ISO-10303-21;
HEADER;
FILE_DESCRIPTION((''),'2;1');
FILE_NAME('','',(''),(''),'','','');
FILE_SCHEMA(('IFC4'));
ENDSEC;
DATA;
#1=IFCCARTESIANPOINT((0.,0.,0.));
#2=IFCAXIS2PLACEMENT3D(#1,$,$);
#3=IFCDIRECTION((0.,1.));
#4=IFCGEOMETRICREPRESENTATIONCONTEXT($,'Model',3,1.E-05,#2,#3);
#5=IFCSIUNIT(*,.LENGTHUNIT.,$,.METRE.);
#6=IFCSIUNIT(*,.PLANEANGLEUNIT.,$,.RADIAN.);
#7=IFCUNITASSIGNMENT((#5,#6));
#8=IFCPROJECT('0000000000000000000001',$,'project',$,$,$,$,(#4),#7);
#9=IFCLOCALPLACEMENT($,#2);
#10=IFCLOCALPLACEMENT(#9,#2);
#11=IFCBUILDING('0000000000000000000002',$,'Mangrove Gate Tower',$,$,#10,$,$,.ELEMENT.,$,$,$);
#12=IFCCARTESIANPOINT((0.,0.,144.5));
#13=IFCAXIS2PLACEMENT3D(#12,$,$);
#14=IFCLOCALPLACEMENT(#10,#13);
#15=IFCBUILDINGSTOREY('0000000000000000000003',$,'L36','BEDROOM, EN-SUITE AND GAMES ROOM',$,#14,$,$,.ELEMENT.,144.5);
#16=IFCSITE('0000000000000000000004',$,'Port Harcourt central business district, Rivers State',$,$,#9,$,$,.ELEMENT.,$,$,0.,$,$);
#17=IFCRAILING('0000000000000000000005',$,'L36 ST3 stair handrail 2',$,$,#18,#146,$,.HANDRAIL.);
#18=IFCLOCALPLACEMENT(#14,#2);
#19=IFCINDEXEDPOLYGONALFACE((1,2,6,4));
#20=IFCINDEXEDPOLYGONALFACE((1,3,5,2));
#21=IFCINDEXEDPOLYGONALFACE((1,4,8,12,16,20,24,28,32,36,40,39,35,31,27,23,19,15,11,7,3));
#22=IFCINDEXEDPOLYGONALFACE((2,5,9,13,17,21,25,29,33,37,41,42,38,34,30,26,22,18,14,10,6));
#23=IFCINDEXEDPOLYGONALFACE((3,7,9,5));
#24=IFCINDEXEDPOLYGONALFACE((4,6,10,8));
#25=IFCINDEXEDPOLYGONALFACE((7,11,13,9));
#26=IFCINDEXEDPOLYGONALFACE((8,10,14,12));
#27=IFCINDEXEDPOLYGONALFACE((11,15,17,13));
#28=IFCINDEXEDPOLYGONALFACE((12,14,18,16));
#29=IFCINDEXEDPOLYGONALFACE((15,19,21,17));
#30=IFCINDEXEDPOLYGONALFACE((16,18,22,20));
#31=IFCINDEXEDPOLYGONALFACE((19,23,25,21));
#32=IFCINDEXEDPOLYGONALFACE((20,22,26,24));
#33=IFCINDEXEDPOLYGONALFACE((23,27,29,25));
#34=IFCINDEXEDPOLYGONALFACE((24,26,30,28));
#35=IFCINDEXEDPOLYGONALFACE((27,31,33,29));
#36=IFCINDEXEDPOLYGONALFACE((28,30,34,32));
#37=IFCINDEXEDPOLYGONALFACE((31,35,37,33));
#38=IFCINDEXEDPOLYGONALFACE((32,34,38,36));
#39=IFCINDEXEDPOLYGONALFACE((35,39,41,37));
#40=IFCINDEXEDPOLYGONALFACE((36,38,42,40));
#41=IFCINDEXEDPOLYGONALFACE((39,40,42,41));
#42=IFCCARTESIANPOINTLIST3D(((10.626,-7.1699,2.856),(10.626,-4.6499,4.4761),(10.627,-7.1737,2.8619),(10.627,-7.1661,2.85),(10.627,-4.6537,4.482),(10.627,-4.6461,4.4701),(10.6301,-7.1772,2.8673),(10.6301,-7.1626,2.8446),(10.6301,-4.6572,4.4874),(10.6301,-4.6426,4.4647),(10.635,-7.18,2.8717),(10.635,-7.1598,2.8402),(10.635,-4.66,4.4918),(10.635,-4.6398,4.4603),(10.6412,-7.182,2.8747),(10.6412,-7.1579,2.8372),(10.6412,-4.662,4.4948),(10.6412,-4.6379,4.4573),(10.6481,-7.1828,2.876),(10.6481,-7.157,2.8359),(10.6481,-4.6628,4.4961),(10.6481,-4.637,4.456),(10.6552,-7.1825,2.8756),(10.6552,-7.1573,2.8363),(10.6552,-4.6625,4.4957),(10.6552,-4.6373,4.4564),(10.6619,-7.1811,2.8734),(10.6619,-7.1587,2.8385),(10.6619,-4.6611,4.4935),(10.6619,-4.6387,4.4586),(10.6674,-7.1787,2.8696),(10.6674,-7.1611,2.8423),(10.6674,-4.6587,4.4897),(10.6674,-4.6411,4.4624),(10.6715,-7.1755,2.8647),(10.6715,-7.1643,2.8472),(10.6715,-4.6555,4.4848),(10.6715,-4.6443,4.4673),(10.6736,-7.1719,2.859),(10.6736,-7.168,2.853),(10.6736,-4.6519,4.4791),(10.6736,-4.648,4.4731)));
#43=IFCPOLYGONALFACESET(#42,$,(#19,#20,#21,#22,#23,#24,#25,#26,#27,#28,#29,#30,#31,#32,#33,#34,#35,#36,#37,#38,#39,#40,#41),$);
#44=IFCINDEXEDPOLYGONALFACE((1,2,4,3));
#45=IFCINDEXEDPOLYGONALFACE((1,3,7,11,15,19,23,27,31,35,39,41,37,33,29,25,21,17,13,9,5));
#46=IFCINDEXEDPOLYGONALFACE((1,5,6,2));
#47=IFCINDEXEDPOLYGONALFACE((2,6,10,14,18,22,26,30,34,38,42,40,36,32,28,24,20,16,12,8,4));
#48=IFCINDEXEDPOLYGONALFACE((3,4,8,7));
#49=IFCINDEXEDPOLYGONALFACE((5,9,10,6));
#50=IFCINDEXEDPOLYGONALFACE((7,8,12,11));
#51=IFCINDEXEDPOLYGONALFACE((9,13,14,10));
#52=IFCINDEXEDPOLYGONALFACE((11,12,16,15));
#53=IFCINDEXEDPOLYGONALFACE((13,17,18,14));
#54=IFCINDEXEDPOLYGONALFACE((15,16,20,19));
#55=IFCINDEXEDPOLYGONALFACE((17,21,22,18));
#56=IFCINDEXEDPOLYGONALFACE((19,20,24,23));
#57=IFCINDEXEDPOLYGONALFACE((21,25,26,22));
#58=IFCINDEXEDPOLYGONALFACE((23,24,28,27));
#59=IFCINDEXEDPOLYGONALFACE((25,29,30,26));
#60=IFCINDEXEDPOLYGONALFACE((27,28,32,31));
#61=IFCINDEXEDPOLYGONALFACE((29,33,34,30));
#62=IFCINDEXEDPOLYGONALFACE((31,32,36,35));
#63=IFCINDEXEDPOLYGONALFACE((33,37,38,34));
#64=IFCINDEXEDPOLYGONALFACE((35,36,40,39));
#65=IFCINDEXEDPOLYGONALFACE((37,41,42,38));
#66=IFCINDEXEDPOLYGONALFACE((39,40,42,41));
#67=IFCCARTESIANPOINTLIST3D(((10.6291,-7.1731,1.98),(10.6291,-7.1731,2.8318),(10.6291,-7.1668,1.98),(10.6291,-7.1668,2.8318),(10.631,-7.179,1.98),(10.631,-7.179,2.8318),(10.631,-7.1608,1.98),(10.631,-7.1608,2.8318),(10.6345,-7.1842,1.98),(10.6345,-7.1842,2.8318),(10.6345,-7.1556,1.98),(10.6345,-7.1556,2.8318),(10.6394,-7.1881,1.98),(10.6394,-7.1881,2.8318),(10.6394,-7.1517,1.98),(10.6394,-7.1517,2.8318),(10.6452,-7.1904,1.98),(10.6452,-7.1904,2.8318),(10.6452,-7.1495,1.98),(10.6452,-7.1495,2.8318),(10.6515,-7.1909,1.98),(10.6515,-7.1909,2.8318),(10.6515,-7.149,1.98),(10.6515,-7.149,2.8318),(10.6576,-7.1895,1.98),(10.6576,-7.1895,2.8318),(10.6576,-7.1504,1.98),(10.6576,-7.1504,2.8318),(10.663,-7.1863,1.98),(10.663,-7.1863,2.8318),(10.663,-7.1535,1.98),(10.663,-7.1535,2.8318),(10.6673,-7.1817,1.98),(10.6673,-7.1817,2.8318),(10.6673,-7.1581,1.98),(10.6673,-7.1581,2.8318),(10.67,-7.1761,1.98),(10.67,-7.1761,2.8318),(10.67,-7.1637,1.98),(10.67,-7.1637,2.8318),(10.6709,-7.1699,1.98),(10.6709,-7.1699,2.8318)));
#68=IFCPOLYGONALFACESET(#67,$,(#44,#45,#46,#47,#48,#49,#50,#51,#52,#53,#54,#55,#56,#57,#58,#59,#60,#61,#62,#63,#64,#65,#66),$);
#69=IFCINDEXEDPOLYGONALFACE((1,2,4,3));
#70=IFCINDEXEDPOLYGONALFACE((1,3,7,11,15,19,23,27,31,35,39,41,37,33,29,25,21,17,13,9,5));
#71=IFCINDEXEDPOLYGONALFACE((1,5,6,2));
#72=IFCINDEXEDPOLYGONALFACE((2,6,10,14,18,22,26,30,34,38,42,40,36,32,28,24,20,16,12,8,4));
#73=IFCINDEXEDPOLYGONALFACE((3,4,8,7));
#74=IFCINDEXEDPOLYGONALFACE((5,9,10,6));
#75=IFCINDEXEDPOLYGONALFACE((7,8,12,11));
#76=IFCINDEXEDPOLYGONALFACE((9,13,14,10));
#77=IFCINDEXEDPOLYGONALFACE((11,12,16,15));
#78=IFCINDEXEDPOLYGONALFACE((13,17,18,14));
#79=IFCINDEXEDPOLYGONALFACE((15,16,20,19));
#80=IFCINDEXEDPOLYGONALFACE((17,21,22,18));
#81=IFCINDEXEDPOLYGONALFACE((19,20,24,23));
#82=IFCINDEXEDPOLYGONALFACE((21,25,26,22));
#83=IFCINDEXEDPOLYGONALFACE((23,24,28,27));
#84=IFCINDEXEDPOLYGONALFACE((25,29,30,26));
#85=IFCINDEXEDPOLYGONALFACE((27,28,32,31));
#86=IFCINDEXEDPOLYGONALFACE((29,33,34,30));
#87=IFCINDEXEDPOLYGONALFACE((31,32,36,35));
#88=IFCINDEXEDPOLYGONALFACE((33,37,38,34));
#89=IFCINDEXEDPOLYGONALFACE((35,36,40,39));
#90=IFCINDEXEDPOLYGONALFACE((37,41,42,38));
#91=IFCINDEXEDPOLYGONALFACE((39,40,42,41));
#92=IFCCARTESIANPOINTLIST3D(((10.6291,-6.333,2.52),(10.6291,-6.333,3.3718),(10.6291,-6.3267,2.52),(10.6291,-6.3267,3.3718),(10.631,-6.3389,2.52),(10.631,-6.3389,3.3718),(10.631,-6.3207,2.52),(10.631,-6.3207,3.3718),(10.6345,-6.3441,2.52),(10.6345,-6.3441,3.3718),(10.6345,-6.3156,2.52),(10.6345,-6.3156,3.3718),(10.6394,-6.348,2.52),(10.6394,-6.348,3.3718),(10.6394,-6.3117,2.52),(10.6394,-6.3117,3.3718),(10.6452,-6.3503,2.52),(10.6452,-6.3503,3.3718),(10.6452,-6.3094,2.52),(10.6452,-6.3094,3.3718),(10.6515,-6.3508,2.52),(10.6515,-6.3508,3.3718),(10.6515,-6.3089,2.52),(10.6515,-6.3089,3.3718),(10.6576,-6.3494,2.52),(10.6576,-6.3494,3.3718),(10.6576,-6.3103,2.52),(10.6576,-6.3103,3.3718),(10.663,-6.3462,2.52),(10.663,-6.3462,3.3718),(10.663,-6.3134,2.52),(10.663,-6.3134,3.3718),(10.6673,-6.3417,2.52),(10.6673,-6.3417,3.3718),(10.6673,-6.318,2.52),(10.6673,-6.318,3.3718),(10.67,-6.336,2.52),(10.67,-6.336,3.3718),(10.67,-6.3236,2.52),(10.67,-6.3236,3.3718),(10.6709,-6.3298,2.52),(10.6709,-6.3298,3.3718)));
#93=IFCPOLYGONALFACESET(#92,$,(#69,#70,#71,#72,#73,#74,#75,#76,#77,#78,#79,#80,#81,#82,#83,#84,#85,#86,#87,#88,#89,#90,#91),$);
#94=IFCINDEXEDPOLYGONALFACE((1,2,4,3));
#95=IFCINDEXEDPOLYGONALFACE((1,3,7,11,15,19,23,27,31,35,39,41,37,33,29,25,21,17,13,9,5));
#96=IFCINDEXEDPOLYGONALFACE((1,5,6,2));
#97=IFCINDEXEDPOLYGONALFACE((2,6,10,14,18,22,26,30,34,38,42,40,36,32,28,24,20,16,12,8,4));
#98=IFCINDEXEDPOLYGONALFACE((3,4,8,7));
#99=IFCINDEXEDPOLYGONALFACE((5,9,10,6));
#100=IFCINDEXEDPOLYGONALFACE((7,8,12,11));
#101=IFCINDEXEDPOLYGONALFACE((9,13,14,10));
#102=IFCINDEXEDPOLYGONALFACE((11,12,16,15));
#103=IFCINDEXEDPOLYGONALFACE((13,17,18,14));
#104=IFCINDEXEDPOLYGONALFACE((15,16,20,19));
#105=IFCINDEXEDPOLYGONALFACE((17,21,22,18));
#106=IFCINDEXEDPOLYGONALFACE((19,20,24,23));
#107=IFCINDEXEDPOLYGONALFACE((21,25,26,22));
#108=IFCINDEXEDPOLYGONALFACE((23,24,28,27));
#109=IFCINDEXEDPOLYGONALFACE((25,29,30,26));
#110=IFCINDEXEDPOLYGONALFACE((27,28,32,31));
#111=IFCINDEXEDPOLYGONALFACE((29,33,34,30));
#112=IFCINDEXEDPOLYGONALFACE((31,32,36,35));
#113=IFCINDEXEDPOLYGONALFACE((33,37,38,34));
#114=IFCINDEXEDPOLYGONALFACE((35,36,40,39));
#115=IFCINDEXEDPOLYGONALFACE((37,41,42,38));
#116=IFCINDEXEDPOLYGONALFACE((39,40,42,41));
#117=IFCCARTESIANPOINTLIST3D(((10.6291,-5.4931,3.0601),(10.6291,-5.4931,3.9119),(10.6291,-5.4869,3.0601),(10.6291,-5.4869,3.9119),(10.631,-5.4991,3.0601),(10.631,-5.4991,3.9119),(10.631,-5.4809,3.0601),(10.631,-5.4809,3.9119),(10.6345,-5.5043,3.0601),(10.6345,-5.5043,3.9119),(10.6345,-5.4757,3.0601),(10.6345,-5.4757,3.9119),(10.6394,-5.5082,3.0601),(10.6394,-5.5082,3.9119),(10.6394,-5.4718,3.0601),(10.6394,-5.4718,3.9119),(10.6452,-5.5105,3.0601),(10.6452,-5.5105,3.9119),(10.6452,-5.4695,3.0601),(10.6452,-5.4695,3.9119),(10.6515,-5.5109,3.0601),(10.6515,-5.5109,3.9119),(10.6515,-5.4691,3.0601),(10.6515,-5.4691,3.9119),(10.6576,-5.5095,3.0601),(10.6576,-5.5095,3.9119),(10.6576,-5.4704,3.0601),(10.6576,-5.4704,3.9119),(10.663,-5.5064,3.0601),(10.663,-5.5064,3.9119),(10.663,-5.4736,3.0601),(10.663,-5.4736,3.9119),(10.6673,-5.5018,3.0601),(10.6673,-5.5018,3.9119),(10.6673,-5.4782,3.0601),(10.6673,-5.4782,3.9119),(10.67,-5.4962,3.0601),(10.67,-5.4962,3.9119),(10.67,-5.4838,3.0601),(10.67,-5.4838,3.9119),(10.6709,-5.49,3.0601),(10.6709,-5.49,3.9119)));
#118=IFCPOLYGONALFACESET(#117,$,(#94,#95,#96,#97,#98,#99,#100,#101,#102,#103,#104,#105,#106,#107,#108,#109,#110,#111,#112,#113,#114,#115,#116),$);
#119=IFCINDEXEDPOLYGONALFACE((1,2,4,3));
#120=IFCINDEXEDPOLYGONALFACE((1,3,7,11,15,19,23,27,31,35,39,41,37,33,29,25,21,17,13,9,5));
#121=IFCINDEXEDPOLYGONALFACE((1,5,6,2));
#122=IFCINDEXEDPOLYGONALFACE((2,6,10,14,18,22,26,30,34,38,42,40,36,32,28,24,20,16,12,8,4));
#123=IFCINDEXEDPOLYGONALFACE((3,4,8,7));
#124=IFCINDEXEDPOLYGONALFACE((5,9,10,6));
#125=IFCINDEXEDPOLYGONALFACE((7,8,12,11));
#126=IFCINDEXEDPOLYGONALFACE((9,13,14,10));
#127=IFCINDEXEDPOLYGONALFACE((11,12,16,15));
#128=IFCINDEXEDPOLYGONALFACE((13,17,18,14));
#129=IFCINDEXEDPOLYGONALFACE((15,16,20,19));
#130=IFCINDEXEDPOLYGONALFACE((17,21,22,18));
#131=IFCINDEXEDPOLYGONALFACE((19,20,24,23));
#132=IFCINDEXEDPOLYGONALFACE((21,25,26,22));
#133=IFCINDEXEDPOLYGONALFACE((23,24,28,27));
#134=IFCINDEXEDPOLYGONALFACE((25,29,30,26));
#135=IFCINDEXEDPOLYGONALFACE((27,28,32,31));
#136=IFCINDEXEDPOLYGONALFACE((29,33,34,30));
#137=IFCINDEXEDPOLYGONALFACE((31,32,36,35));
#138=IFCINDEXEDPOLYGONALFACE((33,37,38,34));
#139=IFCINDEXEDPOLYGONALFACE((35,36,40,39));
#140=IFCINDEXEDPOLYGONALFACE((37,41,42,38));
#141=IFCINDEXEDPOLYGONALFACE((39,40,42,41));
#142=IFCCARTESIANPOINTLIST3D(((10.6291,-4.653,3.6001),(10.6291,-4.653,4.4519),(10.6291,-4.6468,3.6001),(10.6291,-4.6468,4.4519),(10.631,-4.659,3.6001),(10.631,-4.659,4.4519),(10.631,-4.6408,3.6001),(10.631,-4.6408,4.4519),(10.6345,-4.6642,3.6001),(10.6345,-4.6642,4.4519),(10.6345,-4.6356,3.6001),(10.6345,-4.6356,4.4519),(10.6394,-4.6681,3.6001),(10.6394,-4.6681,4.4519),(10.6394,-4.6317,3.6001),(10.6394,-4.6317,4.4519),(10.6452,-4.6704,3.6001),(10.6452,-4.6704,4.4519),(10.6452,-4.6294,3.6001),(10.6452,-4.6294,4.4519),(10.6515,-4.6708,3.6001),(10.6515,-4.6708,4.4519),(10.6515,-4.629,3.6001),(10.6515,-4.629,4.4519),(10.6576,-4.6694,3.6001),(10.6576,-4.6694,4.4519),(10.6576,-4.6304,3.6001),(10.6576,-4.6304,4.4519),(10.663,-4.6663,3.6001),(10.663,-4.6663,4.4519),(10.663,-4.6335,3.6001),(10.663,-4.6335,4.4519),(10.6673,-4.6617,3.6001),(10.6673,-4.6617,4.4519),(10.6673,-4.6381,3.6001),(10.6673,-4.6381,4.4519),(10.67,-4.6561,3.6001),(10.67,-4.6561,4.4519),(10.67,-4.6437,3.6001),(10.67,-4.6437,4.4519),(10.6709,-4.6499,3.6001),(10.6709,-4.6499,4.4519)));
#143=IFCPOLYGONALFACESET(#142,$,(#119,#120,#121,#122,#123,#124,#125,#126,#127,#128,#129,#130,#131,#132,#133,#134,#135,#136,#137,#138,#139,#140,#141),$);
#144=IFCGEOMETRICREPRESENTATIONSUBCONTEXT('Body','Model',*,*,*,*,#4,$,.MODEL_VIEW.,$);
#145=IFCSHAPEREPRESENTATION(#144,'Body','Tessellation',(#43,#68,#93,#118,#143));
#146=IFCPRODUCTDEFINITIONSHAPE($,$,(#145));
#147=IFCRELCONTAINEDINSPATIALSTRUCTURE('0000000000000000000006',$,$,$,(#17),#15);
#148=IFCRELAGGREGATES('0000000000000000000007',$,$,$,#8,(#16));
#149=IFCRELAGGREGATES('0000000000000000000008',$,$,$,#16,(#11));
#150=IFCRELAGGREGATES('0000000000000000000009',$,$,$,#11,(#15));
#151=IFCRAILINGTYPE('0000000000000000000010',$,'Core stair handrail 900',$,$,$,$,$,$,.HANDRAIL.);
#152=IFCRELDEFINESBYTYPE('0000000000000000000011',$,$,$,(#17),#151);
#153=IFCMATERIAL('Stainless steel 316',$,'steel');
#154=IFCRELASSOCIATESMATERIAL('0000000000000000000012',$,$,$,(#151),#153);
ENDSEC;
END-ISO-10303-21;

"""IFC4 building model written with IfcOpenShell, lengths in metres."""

from ifc_helpers import new_model, si_unit, direction, frame, origin, origin_2d, place, context, subcontext, project, spatial, circle, extrude, material, type_object, element, save


model = new_model("IFC4")

# Units and contexts
model_context = context("Model", 3, precision=1e-05, world=origin(), true_north=direction((0.0, 1.0)))
body_context = subcontext(model_context, "Body", "Model", "MODEL_VIEW")
ifc_project = project(units=[si_unit("LENGTHUNIT", "METRE"), si_unit("PLANEANGLEUNIT", "RADIAN")], contexts=[model_context])

# Site, building, storey
site_placement = place(None, origin())
site = spatial("IfcSite", under=ifc_project, at=site_placement, Name="Port Harcourt central business district, Rivers State", CompositionType="ELEMENT", RefElevation=0.0)
building_placement = place(site_placement, origin())
building = spatial("IfcBuilding", under=site, at=building_placement, Name="Mangrove Gate Tower", CompositionType="ELEMENT")
storey_placement = place(building_placement, frame((0.0, 0.0, 144.5)))
storey = spatial("IfcBuildingStorey", under=building, at=storey_placement, Name="L36", Description="BEDROOM, EN-SUITE AND GAMES ROOM", CompositionType="ELEMENT", Elevation=144.5)

# Railing
ifc_material_1 = material(Name="Stainless steel 316", Category="steel")
railing_type_1 = type_object("IfcRailingType", Name="Core stair handrail 900", PredefinedType="HANDRAIL", material=ifc_material_1)
railing_1_placement = place(storey_placement, frame((10.6499, -7.1699, 1.98)))
element("IfcRailing", 1, at=railing_1_placement, inside=storey, type_object=railing_type_1, Name="L36 ST3 stair handrail 2", PredefinedType="HANDRAIL", context=body_context, shape_type="SweptSolid", body=[
    extrude(circle(Radius=0.0239, at=origin_2d()), frame((0.0, 0.0, 0.876), z_axis=(0.0, 0.841163, 0.540782), x_axis=(-1.0, 0.0, 0.0)), (0.0, 0.0, 1.0), 2.9958),
    extrude(circle(Radius=0.021, at=origin_2d()), origin(), (0.0, 0.0, 1.0), 0.8518),
    extrude(circle(Radius=0.021, at=origin_2d()), frame((0.0, 0.8401, 0.54)), (0.0, 0.0, 1.0), 0.8518),
    extrude(circle(Radius=0.021, at=origin_2d()), frame((0.0, 1.6799, 1.0801)), (0.0, 0.0, 1.0), 0.8518),
    extrude(circle(Radius=0.021, at=origin_2d()), frame((0.0, 2.52, 1.6201)), (0.0, 0.0, 1.0), 0.8518),
])

save(model, "model.ifc")
